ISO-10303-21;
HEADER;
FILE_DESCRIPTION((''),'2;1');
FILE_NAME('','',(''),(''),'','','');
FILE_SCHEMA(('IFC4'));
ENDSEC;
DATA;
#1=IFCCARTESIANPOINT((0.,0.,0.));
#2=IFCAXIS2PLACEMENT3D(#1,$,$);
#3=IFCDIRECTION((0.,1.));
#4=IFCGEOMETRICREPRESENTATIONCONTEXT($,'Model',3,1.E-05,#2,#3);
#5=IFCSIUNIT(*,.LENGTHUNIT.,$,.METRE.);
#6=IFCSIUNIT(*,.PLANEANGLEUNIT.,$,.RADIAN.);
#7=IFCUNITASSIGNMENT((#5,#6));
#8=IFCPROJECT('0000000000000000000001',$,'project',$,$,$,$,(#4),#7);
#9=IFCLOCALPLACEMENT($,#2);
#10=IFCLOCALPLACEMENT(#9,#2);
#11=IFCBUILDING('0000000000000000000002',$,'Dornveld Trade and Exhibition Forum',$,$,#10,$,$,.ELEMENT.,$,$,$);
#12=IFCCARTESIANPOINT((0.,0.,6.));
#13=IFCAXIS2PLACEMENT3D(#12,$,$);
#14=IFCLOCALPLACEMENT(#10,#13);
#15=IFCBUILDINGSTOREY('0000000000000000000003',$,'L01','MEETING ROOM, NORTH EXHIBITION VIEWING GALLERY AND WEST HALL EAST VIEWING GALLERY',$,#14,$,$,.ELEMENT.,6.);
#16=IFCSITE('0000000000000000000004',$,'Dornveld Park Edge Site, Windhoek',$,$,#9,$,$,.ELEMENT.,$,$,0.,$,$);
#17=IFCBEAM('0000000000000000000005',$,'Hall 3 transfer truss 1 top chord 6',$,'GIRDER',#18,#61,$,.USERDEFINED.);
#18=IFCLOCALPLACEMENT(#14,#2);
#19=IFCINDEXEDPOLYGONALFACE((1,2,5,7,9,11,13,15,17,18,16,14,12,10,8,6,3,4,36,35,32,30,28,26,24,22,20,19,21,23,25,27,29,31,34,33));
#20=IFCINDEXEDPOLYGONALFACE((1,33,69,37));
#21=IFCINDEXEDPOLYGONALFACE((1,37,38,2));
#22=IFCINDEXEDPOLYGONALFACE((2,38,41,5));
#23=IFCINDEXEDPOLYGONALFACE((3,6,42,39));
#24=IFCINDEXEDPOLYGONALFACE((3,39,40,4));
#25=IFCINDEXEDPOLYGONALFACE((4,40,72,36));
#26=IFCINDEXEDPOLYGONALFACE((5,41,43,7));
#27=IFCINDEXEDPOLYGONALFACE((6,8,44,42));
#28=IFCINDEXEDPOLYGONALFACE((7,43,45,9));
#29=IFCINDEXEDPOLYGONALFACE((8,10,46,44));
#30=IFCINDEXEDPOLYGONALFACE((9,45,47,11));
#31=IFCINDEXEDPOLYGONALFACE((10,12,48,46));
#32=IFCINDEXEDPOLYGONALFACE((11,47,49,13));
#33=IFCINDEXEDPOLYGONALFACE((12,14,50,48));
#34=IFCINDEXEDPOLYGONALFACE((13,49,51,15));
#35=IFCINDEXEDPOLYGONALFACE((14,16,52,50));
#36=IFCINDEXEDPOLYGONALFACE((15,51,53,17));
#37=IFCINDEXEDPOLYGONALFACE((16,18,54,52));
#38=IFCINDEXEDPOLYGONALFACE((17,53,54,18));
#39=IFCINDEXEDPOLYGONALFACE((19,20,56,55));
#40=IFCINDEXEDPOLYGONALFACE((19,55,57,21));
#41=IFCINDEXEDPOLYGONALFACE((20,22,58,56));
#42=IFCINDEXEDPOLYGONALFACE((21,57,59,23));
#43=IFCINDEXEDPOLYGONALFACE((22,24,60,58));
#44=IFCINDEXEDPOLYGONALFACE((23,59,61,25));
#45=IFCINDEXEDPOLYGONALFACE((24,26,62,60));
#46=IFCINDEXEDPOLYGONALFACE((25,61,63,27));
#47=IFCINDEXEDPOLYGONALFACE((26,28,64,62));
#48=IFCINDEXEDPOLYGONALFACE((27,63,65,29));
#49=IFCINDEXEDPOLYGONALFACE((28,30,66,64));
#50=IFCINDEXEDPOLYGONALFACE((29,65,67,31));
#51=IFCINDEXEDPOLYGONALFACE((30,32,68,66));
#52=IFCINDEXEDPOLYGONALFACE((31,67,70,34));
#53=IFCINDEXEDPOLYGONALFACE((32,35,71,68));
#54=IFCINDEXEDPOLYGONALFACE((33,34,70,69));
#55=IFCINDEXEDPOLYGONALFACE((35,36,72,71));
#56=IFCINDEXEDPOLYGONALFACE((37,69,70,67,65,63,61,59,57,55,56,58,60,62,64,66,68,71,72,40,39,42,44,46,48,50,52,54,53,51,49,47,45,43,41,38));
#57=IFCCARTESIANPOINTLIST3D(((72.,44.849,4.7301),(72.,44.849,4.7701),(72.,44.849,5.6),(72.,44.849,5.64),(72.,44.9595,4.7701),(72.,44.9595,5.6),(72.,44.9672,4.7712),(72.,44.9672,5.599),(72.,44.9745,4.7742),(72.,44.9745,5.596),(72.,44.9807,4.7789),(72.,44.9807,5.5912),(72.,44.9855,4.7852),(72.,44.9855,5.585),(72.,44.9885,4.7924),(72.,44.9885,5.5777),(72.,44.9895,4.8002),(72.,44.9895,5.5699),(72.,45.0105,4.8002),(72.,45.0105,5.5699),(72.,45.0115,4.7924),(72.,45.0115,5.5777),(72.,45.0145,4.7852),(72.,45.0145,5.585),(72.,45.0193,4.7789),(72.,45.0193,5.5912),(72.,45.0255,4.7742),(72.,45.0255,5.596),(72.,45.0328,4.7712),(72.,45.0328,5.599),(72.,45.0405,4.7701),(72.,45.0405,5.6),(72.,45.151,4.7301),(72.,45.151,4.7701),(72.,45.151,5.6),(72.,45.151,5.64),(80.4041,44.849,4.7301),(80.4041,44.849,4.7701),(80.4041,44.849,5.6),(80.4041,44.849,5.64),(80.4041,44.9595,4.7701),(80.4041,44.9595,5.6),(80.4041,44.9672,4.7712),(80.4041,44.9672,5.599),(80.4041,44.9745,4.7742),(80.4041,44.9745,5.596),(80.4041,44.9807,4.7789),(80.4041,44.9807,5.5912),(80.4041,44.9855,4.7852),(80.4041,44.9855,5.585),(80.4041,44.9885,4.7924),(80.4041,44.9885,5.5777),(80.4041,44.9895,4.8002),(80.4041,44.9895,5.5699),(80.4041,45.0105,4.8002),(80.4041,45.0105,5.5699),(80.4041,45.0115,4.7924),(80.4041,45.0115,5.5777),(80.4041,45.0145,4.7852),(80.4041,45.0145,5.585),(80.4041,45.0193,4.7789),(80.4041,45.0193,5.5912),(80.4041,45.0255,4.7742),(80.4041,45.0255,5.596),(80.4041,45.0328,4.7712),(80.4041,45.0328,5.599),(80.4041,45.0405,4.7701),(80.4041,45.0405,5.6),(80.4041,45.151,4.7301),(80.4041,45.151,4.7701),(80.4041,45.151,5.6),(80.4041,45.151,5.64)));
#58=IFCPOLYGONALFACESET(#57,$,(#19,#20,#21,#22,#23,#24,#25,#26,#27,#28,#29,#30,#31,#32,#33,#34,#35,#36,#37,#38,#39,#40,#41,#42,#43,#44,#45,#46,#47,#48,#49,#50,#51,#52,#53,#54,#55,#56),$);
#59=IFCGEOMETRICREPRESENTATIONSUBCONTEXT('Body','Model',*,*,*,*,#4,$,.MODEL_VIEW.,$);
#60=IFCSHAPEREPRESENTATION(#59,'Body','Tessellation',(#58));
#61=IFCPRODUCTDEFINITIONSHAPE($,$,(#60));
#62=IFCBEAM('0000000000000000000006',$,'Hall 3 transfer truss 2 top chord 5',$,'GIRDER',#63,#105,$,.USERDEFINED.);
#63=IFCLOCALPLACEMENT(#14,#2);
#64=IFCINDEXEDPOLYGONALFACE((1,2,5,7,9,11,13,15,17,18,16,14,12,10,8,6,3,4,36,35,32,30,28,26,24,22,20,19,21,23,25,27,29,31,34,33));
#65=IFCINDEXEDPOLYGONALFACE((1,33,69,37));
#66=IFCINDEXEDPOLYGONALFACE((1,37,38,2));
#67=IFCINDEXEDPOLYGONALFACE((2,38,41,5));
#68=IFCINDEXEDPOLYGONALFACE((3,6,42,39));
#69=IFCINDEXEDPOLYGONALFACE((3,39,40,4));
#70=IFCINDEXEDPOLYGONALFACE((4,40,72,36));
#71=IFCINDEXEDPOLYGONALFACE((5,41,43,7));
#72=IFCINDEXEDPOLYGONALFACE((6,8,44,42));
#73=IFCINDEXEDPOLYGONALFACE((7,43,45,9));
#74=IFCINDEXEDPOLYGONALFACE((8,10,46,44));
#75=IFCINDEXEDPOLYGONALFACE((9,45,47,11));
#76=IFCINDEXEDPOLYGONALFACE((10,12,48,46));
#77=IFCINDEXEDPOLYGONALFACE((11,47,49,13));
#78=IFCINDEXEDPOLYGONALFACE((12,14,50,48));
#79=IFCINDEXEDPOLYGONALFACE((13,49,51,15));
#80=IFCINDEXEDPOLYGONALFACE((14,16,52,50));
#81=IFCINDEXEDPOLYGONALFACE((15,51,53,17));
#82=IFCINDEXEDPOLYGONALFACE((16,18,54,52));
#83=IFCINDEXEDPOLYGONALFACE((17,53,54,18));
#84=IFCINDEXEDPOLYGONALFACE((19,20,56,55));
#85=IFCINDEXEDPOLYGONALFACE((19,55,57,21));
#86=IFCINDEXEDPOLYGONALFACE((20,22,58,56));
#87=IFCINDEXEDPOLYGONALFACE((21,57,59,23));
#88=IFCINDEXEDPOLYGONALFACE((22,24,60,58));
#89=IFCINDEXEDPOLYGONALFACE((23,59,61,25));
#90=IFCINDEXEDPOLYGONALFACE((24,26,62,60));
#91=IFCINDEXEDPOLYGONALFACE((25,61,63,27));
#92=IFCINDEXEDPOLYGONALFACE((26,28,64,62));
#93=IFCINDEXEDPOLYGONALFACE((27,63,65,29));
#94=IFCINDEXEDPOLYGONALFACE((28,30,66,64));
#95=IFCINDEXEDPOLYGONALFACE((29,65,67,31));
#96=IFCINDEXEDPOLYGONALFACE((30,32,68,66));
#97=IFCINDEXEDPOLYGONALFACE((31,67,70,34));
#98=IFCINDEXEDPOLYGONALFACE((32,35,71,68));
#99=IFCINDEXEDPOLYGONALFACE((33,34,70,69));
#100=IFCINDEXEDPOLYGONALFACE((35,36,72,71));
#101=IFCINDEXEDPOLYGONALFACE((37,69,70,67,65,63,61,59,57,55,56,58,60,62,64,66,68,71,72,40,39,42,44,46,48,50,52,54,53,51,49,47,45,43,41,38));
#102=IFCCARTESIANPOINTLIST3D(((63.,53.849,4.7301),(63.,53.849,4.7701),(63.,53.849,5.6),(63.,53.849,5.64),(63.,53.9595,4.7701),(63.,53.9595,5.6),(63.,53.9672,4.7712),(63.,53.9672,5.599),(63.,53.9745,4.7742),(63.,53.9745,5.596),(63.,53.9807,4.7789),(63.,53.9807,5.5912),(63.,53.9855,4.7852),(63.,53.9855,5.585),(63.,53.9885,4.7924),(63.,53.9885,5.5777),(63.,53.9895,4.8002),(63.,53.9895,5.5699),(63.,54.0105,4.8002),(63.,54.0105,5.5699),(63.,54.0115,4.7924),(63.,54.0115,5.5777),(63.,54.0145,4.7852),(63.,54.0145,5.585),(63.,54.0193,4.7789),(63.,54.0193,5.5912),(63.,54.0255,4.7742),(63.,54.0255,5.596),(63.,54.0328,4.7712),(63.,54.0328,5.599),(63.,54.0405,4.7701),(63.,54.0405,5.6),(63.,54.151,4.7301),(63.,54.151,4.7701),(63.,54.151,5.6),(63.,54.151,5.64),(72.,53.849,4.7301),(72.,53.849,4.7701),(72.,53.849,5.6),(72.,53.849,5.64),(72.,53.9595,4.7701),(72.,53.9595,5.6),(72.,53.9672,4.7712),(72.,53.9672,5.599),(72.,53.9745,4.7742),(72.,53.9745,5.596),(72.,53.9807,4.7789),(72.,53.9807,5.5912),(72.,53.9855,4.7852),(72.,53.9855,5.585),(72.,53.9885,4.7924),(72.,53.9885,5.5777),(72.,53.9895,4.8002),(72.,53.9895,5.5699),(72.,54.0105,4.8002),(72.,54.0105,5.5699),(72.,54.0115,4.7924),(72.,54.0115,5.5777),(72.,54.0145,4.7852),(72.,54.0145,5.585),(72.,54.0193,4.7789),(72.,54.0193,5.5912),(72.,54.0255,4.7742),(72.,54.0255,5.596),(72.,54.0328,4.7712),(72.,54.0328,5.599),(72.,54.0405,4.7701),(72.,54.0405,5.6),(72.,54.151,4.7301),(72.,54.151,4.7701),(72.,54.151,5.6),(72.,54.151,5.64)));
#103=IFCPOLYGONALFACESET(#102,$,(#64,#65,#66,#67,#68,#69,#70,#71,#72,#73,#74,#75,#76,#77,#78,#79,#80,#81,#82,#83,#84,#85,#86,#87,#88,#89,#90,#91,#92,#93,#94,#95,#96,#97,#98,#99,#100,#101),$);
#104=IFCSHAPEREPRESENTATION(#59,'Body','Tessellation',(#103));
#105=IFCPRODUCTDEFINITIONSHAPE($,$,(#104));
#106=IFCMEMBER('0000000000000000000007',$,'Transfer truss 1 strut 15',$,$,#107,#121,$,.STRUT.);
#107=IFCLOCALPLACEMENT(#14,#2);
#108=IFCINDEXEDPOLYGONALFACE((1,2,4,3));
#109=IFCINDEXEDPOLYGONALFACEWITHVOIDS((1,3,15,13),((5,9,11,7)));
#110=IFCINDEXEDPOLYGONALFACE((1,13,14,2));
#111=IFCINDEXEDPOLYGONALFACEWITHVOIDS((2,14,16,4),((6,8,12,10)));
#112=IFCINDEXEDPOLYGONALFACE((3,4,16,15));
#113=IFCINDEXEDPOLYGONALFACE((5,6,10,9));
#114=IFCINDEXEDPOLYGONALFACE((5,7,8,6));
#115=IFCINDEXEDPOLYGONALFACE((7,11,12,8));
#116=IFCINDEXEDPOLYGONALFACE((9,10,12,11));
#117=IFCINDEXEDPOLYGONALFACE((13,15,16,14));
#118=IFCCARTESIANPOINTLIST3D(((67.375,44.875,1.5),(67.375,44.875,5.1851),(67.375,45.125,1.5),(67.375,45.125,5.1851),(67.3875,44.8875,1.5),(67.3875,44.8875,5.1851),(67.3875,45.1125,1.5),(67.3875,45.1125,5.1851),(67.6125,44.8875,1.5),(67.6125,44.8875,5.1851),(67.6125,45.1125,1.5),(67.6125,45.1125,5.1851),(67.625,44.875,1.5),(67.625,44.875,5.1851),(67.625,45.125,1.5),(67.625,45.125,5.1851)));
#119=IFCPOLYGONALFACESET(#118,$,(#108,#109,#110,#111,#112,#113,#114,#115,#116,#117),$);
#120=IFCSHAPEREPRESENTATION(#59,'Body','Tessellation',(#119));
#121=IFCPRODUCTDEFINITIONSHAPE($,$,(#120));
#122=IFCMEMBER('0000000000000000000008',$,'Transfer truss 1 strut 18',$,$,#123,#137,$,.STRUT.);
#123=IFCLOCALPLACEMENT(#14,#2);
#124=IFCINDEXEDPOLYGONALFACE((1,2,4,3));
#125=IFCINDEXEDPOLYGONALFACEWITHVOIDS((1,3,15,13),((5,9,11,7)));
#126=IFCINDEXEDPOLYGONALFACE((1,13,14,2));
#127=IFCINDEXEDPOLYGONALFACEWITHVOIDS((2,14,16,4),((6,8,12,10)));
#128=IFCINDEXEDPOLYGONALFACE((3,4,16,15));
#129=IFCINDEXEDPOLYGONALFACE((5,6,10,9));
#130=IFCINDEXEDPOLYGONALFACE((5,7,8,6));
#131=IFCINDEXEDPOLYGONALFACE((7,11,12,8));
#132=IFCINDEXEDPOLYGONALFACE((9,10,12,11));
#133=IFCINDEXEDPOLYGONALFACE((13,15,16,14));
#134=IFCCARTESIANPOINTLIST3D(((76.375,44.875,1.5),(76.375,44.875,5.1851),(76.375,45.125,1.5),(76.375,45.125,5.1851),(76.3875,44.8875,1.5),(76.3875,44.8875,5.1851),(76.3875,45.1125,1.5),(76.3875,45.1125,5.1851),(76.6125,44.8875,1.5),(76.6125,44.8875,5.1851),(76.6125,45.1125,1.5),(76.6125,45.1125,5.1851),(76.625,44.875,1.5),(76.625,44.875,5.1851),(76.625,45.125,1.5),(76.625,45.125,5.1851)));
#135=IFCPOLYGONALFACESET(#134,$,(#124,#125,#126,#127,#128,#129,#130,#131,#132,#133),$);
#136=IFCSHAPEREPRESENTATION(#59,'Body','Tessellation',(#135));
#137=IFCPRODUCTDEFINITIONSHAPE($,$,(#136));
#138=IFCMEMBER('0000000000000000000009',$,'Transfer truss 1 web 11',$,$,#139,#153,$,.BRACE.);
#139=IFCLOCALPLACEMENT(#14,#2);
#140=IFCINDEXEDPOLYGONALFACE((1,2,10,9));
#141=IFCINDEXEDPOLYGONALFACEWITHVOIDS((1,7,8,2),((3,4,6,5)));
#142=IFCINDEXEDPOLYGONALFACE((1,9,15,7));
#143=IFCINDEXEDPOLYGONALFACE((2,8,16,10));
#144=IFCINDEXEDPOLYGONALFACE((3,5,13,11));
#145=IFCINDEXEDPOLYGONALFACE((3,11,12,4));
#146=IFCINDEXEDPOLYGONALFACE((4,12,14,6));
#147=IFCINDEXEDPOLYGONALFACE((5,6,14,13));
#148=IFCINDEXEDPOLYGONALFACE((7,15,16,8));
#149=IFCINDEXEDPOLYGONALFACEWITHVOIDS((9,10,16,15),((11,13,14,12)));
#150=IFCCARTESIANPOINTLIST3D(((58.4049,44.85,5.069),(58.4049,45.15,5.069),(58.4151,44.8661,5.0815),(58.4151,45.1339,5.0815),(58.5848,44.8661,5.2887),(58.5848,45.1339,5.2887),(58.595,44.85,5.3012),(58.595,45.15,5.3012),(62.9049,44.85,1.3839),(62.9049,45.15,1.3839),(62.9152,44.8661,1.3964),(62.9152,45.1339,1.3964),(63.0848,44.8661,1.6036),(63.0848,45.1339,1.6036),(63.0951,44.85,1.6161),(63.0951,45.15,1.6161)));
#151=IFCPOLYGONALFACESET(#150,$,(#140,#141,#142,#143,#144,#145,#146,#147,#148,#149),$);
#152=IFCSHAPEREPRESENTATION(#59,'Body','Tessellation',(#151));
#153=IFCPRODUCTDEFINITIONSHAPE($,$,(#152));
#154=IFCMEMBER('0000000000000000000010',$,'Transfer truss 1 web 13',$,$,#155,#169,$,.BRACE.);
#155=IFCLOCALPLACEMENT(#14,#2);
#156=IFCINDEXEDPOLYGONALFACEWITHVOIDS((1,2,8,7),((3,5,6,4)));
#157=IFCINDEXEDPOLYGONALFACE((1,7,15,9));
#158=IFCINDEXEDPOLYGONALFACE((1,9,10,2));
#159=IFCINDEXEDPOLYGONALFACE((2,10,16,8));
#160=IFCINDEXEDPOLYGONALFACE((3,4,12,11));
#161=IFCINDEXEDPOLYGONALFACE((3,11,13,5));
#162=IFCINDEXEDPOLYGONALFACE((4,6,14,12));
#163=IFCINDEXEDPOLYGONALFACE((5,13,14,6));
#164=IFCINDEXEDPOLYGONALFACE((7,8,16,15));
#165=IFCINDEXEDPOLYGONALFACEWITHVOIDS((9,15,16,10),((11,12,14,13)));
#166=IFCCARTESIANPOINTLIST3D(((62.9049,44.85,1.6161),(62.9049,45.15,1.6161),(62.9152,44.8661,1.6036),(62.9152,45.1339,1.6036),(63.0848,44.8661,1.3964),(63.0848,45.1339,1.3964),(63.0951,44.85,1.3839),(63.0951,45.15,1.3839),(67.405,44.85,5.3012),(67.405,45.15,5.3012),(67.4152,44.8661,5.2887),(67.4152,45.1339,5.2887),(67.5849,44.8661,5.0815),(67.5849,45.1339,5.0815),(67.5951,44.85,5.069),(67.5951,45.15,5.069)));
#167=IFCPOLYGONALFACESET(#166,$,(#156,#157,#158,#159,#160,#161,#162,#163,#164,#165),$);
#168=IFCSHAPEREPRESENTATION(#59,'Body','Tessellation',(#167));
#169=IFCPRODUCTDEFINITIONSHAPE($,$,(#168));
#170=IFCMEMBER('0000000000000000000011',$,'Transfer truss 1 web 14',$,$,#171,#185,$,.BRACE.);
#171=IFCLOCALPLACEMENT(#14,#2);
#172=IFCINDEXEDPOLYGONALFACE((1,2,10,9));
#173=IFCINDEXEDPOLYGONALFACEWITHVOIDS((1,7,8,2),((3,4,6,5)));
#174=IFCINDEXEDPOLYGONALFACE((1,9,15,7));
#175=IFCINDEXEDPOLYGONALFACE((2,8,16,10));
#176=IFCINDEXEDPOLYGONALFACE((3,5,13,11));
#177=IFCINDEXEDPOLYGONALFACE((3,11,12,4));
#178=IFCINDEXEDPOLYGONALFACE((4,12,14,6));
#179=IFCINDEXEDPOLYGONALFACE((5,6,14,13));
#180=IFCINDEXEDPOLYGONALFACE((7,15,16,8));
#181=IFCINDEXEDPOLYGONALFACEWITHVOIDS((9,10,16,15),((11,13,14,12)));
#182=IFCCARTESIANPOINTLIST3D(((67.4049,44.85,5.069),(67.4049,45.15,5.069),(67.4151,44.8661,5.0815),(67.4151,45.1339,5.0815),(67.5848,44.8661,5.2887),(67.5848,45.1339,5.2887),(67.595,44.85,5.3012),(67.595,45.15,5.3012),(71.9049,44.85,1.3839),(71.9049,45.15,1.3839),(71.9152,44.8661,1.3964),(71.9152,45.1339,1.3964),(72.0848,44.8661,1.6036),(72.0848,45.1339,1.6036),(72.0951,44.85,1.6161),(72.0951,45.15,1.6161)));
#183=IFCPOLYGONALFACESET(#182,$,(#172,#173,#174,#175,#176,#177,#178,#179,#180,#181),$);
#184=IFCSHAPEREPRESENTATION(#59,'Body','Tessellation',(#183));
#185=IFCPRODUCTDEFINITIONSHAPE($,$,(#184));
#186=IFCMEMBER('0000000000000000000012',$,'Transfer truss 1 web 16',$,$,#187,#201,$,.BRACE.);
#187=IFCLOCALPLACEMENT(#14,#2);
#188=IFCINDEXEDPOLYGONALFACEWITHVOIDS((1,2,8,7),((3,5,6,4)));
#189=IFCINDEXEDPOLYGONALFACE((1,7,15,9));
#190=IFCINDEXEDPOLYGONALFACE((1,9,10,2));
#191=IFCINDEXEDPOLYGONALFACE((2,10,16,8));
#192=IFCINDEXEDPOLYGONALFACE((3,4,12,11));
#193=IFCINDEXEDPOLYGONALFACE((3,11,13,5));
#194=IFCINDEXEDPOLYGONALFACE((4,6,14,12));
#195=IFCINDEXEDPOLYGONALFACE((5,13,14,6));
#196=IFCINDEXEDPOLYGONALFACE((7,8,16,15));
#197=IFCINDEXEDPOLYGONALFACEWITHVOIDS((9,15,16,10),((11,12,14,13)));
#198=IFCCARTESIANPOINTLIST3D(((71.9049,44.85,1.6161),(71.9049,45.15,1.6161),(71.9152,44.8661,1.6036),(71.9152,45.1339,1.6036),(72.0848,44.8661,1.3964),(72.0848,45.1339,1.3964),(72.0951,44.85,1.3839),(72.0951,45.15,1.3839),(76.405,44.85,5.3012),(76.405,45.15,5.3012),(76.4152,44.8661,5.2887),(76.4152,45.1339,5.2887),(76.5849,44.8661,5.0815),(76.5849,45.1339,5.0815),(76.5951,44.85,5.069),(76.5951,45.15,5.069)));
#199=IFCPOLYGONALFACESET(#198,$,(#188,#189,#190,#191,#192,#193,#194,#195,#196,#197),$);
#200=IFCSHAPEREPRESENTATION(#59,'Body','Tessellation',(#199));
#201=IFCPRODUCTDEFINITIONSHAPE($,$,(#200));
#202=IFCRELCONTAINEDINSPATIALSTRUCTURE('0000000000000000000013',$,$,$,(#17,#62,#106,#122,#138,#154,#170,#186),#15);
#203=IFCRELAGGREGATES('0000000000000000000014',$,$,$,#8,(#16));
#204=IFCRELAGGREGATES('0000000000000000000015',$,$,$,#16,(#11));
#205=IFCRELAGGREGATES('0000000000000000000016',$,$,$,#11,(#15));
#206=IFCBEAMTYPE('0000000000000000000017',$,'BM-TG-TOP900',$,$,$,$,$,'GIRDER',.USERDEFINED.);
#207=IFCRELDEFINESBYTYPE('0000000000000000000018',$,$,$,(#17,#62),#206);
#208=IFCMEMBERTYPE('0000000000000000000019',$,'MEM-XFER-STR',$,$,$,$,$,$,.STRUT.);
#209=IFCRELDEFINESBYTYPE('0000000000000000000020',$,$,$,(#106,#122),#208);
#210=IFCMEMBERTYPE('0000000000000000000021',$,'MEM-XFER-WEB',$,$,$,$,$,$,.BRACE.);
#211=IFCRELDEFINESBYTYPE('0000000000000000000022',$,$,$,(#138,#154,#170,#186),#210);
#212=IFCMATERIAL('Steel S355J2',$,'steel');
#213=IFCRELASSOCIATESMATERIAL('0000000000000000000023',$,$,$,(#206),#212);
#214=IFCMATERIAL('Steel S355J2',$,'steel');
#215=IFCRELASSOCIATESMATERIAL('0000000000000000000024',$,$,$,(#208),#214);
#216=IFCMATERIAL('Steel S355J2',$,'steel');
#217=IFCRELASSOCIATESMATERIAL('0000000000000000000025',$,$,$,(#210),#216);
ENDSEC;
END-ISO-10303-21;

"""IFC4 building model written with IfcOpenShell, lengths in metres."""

from ifc_helpers import new_model, si_unit, direction, frame, origin, origin_2d, place, context, subcontext, project, spatial, hollow_rectangle, i_section, extrude, material, material_profile, profile_set, type_object, element, save


model = new_model("IFC4")

# Units and contexts
model_context = context("Model", 3, precision=1e-05, world=origin(), true_north=direction((0.0, 1.0)))
body_context = subcontext(model_context, "Body", "Model", "MODEL_VIEW")
ifc_project = project(units=[si_unit("LENGTHUNIT", "METRE"), si_unit("PLANEANGLEUNIT", "RADIAN")], contexts=[model_context])

# Site, building, storey
site_placement = place(None, origin())
site = spatial("IfcSite", under=ifc_project, at=site_placement, Name="Dornveld Park Edge Site, Windhoek", CompositionType="ELEMENT", RefElevation=0.0)
building_placement = place(site_placement, origin())
building = spatial("IfcBuilding", under=site, at=building_placement, Name="Dornveld Trade and Exhibition Forum", CompositionType="ELEMENT")
storey_placement = place(building_placement, frame((0.0, 0.0, 6.0)))
storey = spatial("IfcBuildingStorey", under=building, at=storey_placement, Name="L01", Description="MEETING ROOM, NORTH EXHIBITION VIEWING GALLERY AND WEST HALL EAST VIEWING GALLERY", CompositionType="ELEMENT", Elevation=6.0)

# Beams
ifc_material_1 = material(Name="Steel S355J2", Category="steel")
ifc_material_profile_1 = material_profile(ifc_material_1, i_section(OverallWidth=0.302, OverallDepth=0.9099, WebThickness=0.021, FlangeThickness=0.04, FilletRadius=0.03, at=origin_2d()), Name="HEM 900")
ifc_profile_set_1 = profile_set([ifc_material_profile_1], Name="Steel S355J2")
beam_type_1 = type_object("IfcBeamType", Name="BM-TG-TOP900", ElementType="GIRDER", PredefinedType="USERDEFINED", material=ifc_profile_set_1)
beam_1_placement = place(storey_placement, frame((72.0, 45.0, 5.1851), z_axis=(1.0, 0.0, 0.0), x_axis=(0.0, 1.0, 0.0)))
element("IfcBeam", 1, at=beam_1_placement, inside=storey, type_object=beam_type_1, Name="Hall 3 transfer truss 1 top chord 6", ObjectType="GIRDER", PredefinedType="USERDEFINED", context=body_context, shape_type="SweptSolid", body=[
    extrude(i_section(OverallWidth=0.302, OverallDepth=0.9099, WebThickness=0.021, FlangeThickness=0.04, FilletRadius=0.03, at=origin_2d()), origin(), (0.0, 0.0, 1.0), 8.4041),
])
beam_2_placement = place(storey_placement, frame((63.0, 54.0, 5.1851), z_axis=(1.0, 0.0, 0.0), x_axis=(0.0, 1.0, 0.0)))
element("IfcBeam", 2, at=beam_2_placement, inside=storey, type_object=beam_type_1, Name="Hall 3 transfer truss 2 top chord 5", ObjectType="GIRDER", PredefinedType="USERDEFINED", context=body_context, shape_type="SweptSolid", body=[
    extrude(i_section(OverallWidth=0.302, OverallDepth=0.9099, WebThickness=0.021, FlangeThickness=0.04, FilletRadius=0.03, at=origin_2d()), origin(), (0.0, 0.0, 1.0), 9.0),
])

# Members
ifc_material_2 = material(Name="Steel S355J2", Category="steel")
ifc_material_profile_2 = material_profile(ifc_material_2, hollow_rectangle(XDim=0.25, YDim=0.25, WallThickness=0.0125, at=origin_2d()), Name="SHS 250x250x12.5")
ifc_profile_set_2 = profile_set([ifc_material_profile_2], Name="Steel S355J2")
member_type_1 = type_object("IfcMemberType", Name="MEM-XFER-STR", PredefinedType="STRUT", material=ifc_profile_set_2)
for number, where, z_axis, x_axis, name in (
    (3, (67.5, 45.0, 1.5), (0.0, 0.0, 1.0), (1.0, 0.0, 0.0), "Transfer truss 1 strut 15"),
    (4, (76.5, 45.0, 1.5), (0.0, 0.0, 1.0), (1.0, 0.0, 0.0), "Transfer truss 1 strut 18"),
):
    element("IfcMember", number, at=place(storey_placement, frame(where, z_axis=z_axis, x_axis=x_axis)), inside=storey, type_object=member_type_1, Name=name, PredefinedType="STRUT", context=body_context, shape_type="SweptSolid", body=[
        extrude(hollow_rectangle(XDim=0.25, YDim=0.25, WallThickness=0.0125, at=origin_2d()), origin(), (0.0, 0.0, 1.0), 3.6851),
    ])
ifc_material_3 = material(Name="Steel S355J2", Category="steel")
ifc_material_profile_3 = material_profile(ifc_material_3, hollow_rectangle(XDim=0.3, YDim=0.3, WallThickness=0.0161, at=origin_2d()), Name="SHS 300x300x16")
ifc_profile_set_3 = profile_set([ifc_material_profile_3], Name="Steel S355J2")
member_type_2 = type_object("IfcMemberType", Name="MEM-XFER-WEB", PredefinedType="BRACE", material=ifc_profile_set_3)
for number, where, z_axis, x_axis, name in (
    (5, (63.0, 45.0, 1.5), (-0.773684, 0.0, 0.633571), (0.0, -1.0, 0.0), "Transfer truss 1 web 11"),
    (6, (63.0, 45.0, 1.5), (0.773684, 0.0, 0.633571), (0.0, 1.0, 0.0), "Transfer truss 1 web 13"),
    (7, (72.0, 45.0, 1.5), (-0.773684, 0.0, 0.633571), (0.0, -1.0, 0.0), "Transfer truss 1 web 14"),
    (8, (72.0, 45.0, 1.5), (0.773684, 0.0, 0.633571), (0.0, 1.0, 0.0), "Transfer truss 1 web 16"),
):
    element("IfcMember", number, at=place(storey_placement, frame(where, z_axis=z_axis, x_axis=x_axis)), inside=storey, type_object=member_type_2, Name=name, PredefinedType="BRACE", context=body_context, shape_type="SweptSolid", body=[
        extrude(hollow_rectangle(XDim=0.3, YDim=0.3, WallThickness=0.0161, at=origin_2d()), origin(), (0.0, 0.0, 1.0), 5.8164),
    ])

save(model, "model.ifc")
